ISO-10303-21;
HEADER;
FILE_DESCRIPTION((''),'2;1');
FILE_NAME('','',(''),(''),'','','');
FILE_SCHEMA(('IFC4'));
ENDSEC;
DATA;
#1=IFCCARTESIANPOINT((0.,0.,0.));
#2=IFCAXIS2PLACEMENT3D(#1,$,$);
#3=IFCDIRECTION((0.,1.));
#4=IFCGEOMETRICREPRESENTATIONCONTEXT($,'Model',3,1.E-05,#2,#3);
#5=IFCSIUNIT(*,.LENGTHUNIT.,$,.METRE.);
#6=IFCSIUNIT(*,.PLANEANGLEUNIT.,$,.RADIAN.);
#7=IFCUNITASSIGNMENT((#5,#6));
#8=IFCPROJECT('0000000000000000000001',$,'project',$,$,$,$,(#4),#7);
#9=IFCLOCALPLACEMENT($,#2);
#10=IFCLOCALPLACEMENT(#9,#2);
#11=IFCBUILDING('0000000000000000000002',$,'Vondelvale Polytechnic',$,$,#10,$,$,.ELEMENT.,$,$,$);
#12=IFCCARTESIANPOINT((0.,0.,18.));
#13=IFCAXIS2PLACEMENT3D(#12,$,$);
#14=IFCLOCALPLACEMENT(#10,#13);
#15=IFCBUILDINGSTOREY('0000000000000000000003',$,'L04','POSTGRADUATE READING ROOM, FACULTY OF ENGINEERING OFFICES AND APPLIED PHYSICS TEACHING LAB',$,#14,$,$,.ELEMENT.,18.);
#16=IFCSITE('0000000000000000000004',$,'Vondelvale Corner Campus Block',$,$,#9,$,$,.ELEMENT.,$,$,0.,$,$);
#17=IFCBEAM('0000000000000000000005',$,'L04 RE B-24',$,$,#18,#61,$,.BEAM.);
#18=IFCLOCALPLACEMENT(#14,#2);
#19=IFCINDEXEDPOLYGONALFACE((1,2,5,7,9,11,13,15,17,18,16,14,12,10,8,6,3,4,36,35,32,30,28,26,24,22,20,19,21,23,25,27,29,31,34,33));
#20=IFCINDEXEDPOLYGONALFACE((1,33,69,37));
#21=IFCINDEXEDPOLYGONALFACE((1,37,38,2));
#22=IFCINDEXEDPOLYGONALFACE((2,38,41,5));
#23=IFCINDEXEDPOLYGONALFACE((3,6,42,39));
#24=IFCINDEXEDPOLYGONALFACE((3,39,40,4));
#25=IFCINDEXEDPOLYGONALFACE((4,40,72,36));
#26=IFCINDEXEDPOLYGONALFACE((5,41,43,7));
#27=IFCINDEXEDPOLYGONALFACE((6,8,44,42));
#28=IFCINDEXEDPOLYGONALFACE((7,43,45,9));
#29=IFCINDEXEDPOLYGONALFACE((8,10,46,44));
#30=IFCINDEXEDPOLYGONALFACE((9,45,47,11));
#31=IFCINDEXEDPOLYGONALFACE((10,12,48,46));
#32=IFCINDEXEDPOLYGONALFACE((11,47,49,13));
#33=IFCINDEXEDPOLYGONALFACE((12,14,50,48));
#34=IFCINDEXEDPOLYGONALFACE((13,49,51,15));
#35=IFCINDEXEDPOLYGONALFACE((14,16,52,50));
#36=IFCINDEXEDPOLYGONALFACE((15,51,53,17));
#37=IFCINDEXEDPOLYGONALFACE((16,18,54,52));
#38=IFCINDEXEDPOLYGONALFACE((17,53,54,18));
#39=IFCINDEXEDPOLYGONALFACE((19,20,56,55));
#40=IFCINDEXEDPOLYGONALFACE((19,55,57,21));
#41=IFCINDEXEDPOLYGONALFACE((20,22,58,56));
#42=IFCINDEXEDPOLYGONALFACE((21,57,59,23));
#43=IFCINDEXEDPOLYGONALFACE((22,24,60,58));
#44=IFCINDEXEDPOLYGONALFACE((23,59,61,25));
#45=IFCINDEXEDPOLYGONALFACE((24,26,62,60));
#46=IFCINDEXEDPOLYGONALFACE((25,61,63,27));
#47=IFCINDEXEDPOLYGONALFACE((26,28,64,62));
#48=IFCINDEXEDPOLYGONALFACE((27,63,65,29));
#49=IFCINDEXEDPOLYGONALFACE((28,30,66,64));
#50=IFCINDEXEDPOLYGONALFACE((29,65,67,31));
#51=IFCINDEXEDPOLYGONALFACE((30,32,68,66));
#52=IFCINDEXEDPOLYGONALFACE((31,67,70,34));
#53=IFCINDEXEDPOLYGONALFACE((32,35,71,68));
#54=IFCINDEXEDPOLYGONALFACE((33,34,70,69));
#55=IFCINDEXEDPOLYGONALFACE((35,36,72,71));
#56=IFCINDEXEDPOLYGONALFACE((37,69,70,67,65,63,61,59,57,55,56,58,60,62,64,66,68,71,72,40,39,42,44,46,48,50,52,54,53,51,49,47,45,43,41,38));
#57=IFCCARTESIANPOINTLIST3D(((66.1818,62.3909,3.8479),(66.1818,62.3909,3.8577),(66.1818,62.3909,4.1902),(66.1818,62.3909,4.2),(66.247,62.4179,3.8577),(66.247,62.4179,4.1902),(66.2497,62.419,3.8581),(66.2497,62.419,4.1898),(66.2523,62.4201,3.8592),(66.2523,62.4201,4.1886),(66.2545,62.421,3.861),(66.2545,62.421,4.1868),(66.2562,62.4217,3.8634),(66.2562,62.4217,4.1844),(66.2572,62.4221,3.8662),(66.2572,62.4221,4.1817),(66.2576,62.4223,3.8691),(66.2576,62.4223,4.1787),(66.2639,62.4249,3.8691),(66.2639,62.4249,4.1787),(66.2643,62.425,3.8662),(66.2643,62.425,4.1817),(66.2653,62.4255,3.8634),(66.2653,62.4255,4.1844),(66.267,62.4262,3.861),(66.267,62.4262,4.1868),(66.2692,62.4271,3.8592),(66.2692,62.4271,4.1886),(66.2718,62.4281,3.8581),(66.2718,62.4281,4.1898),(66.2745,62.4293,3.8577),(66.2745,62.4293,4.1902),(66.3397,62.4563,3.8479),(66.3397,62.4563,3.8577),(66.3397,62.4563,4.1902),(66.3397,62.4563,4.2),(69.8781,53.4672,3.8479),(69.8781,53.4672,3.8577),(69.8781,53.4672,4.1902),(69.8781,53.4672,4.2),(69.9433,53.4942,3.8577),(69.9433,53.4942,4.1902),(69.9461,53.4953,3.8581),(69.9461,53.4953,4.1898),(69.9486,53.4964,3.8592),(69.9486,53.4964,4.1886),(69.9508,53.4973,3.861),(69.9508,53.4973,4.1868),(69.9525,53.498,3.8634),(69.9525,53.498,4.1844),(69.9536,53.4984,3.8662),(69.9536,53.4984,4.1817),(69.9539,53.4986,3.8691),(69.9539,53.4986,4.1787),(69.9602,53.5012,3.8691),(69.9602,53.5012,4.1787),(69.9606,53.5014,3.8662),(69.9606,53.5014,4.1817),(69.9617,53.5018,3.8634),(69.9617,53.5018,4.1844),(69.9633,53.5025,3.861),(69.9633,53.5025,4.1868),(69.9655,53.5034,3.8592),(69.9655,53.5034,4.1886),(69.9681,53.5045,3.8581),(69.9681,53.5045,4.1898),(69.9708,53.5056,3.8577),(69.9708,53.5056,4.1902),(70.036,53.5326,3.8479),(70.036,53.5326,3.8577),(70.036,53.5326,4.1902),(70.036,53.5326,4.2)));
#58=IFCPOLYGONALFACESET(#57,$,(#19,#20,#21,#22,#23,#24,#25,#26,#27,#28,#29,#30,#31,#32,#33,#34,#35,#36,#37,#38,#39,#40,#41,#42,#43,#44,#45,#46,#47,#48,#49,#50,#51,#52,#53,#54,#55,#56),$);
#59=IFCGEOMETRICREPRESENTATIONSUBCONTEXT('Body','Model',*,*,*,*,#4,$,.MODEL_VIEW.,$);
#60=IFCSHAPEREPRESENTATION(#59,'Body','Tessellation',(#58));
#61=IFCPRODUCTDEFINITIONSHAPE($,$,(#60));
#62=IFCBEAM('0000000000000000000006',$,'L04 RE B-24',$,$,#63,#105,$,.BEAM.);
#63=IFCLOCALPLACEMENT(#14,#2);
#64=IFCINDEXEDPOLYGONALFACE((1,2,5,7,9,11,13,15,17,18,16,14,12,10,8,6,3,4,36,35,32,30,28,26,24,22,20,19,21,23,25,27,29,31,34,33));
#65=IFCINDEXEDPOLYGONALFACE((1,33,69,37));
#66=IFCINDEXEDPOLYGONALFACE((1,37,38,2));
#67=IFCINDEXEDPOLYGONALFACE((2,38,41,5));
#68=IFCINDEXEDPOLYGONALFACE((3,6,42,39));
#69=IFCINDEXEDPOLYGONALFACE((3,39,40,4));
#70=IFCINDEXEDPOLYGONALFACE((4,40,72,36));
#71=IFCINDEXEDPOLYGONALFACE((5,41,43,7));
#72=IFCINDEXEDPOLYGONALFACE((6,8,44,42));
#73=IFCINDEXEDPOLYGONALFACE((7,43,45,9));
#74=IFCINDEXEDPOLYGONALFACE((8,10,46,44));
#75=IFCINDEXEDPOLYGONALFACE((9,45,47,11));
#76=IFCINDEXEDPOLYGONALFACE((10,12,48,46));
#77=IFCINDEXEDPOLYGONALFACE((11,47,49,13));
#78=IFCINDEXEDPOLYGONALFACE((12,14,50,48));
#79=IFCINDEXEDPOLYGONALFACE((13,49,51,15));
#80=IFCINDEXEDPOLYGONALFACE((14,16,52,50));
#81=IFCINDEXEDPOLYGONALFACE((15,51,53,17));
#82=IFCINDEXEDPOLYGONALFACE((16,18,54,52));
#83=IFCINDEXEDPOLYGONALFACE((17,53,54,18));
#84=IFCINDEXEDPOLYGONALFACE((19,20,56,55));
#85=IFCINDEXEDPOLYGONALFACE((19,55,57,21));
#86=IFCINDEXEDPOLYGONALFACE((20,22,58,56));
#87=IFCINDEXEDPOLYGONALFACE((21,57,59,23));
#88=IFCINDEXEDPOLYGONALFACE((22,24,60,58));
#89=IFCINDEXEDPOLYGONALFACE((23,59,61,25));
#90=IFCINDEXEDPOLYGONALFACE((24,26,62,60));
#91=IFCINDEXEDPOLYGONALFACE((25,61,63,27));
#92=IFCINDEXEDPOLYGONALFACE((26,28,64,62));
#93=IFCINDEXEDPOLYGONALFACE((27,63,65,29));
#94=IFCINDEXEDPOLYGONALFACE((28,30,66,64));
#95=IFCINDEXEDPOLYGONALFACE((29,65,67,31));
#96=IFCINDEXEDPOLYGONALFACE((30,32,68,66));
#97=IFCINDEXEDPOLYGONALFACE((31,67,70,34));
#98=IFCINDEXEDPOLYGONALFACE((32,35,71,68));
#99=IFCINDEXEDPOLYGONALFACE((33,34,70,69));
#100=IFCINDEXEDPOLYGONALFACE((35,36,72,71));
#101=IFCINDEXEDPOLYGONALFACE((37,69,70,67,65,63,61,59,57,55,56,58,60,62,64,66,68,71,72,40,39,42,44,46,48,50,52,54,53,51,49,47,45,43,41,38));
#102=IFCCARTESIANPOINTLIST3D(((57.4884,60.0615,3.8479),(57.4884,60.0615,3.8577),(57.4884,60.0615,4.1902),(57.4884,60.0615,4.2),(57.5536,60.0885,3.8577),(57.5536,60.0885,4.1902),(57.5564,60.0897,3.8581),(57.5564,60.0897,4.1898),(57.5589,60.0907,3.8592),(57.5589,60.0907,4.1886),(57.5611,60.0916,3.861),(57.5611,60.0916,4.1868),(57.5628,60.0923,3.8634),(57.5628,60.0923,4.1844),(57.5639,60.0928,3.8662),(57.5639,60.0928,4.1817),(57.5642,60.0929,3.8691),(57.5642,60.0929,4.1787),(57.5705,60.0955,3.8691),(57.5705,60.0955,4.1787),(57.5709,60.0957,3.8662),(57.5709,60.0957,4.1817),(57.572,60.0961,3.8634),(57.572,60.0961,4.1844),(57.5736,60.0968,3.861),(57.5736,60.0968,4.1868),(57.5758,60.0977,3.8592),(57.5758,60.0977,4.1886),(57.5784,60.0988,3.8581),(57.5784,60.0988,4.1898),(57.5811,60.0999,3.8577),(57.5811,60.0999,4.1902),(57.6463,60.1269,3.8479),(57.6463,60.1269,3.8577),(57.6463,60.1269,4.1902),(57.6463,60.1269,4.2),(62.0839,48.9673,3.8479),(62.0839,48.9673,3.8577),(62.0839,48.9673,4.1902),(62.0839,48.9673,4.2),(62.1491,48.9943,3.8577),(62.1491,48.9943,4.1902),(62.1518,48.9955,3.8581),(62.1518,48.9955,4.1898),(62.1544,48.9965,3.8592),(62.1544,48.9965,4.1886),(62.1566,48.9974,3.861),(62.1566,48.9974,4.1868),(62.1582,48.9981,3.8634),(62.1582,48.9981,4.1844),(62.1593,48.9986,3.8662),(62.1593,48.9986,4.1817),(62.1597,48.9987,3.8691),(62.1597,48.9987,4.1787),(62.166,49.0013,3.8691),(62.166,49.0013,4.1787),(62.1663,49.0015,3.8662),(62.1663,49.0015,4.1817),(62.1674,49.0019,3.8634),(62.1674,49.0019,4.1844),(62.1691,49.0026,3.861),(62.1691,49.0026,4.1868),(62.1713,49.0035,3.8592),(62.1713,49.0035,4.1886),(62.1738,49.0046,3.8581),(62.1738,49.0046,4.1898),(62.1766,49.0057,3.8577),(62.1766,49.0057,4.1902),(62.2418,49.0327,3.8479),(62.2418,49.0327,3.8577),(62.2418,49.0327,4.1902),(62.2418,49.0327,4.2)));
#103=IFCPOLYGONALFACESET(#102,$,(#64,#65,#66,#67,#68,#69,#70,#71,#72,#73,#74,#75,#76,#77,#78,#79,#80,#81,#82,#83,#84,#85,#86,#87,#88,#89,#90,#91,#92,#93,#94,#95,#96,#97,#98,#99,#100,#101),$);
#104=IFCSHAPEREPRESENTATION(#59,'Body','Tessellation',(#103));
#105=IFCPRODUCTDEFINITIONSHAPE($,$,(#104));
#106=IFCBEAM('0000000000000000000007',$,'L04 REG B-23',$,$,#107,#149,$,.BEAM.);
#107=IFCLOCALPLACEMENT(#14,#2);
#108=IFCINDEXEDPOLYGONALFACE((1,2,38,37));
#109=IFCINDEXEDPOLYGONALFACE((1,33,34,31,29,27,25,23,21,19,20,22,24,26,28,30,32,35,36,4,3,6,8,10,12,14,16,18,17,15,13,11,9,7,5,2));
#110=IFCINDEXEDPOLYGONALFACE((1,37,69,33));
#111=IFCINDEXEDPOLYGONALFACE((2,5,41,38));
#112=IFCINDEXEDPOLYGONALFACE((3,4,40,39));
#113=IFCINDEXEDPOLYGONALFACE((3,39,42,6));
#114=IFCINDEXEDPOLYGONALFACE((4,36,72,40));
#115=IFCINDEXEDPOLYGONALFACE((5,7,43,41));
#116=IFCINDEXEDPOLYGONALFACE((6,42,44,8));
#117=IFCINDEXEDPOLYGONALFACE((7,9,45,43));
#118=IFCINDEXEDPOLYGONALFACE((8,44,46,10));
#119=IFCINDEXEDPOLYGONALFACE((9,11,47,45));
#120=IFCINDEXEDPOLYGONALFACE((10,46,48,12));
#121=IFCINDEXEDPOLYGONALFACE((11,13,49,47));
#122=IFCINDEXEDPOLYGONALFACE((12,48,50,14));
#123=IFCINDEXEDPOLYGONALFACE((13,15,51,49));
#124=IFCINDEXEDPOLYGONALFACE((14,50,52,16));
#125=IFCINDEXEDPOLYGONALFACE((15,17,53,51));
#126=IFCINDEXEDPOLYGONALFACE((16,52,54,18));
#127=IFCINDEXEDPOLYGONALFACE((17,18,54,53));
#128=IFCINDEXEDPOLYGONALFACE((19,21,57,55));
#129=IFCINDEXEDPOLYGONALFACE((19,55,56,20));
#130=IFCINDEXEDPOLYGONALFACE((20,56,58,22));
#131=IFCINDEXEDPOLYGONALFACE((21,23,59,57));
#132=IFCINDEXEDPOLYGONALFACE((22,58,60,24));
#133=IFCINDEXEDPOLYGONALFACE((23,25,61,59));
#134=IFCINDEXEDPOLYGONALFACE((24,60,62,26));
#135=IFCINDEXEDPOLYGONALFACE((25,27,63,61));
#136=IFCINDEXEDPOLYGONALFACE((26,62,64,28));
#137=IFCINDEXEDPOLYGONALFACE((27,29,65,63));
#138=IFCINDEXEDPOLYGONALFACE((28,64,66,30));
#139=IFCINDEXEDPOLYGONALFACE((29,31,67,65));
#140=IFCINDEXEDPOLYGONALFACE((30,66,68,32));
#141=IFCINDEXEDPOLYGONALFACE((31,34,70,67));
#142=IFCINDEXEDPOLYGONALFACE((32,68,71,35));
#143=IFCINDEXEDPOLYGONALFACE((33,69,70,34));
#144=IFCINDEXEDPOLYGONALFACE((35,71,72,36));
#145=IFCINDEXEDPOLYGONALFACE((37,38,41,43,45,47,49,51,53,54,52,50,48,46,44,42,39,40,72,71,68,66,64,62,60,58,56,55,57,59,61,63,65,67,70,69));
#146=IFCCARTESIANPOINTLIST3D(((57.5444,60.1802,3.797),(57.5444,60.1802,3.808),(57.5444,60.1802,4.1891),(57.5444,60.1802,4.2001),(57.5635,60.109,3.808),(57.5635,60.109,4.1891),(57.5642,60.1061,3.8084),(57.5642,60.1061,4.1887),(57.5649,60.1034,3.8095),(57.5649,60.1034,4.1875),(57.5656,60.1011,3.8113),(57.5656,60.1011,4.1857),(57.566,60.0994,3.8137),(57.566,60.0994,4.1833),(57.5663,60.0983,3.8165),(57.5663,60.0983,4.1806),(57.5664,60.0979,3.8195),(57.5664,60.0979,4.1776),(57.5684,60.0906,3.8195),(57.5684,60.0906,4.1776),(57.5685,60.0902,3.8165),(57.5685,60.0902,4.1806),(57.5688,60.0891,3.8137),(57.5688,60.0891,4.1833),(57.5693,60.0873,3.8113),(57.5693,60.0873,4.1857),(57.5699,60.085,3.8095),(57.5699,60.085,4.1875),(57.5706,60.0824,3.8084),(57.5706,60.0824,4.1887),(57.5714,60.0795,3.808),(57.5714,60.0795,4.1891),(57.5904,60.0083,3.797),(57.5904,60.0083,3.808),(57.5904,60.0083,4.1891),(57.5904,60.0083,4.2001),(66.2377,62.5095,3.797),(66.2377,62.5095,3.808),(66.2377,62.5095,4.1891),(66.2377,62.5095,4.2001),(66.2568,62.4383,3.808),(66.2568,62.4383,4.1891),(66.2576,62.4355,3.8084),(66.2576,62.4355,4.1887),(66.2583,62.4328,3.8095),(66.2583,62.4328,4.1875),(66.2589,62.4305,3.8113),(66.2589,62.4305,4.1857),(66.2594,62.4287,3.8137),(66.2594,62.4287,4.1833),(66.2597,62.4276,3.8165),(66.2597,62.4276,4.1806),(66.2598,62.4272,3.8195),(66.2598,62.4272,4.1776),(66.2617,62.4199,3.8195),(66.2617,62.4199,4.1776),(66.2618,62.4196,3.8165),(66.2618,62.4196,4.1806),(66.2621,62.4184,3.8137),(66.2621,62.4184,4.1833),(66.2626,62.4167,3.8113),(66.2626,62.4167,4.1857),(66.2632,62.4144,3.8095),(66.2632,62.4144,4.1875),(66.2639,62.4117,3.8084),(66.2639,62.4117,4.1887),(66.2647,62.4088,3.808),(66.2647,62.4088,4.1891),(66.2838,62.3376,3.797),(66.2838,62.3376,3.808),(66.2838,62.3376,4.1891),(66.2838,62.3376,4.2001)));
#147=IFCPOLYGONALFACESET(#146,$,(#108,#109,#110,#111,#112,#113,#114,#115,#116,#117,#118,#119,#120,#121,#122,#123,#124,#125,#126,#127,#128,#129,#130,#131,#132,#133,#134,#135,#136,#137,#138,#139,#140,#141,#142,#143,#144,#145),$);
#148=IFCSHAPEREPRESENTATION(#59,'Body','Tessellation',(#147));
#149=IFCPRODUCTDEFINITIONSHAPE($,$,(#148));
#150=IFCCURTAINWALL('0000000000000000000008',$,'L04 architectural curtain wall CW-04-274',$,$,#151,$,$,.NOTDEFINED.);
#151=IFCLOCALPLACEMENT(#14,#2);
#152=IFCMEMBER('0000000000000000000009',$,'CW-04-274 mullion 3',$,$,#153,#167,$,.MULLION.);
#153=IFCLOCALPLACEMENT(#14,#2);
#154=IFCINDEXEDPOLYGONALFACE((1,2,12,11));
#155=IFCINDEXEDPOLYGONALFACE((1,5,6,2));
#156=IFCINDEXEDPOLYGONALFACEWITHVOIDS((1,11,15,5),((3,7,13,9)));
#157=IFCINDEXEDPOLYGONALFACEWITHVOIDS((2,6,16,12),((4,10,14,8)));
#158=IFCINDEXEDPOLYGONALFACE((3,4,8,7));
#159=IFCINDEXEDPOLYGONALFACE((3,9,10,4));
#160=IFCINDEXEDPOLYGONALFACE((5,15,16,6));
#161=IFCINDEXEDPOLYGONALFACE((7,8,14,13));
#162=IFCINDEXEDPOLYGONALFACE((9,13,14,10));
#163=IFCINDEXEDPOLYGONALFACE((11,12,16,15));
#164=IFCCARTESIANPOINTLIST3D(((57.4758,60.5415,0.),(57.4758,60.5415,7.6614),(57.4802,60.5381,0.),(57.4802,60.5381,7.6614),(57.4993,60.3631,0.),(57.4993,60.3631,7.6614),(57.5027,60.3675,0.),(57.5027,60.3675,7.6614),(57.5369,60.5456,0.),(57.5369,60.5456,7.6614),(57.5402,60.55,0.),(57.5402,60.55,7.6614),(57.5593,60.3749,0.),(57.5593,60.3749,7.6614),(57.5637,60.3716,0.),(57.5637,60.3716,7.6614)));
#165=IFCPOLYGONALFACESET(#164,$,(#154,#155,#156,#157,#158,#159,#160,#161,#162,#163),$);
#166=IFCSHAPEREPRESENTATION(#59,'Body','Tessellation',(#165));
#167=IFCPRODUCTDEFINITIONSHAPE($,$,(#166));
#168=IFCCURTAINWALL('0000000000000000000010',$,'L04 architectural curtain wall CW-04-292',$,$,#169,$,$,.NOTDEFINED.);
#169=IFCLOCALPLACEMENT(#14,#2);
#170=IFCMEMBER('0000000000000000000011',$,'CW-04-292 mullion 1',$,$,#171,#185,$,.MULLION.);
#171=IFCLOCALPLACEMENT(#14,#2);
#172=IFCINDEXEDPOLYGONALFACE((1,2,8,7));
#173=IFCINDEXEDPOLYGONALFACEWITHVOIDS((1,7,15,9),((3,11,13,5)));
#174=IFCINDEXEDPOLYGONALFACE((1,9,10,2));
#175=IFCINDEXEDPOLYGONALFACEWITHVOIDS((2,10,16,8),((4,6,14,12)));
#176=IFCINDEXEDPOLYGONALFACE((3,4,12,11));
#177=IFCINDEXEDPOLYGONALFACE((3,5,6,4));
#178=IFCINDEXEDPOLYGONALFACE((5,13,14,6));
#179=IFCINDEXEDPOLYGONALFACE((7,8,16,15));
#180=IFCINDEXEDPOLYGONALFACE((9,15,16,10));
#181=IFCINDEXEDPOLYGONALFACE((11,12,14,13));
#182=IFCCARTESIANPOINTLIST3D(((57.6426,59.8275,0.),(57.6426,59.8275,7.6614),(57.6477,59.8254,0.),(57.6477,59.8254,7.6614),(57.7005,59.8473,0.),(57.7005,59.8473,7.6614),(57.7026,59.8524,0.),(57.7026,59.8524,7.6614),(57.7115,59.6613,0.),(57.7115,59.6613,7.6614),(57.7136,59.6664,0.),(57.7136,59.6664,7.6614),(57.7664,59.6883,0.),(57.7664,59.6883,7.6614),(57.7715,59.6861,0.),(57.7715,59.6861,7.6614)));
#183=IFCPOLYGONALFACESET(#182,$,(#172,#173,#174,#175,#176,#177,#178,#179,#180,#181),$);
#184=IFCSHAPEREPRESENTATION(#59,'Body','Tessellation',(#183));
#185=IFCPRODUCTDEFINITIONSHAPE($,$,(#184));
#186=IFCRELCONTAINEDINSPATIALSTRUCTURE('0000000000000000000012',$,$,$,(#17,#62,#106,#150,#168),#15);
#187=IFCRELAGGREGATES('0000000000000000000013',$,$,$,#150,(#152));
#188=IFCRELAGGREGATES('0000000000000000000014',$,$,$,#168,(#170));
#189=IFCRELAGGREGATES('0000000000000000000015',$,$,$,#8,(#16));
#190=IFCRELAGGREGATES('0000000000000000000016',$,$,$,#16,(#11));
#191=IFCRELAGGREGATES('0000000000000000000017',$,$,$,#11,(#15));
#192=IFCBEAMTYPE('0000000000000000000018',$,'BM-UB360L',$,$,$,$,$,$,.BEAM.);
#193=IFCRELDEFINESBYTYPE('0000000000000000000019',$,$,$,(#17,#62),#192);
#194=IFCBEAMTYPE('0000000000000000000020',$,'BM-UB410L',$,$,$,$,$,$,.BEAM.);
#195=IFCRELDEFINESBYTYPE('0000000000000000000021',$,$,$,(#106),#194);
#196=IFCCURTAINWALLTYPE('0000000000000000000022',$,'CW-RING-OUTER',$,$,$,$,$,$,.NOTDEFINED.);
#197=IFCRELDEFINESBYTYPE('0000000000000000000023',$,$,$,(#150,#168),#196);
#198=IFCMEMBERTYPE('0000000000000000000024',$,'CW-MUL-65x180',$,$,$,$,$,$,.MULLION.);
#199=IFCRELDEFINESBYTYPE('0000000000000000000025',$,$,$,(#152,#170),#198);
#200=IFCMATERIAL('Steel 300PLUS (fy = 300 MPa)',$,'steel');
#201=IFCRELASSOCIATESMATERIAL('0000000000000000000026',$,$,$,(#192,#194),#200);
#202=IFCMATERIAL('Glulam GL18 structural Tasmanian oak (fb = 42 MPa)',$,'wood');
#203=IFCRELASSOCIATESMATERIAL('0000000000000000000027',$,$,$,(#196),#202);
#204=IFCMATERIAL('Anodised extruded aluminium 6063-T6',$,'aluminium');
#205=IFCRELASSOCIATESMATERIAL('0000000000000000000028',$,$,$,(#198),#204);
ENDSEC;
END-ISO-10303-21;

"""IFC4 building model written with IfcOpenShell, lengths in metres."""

from ifc_helpers import new_model, si_unit, direction, frame, origin, origin_2d, place, context, subcontext, project, spatial, hollow_rectangle, i_section, extrude, material, material_profile, profile_set, type_object, element, aggregate, save


model = new_model("IFC4")

# Units and contexts
model_context = context("Model", 3, precision=1e-05, world=origin(), true_north=direction((0.0, 1.0)))
body_context = subcontext(model_context, "Body", "Model", "MODEL_VIEW")
ifc_project = project(units=[si_unit("LENGTHUNIT", "METRE"), si_unit("PLANEANGLEUNIT", "RADIAN")], contexts=[model_context])

# Site, building, storey
site_placement = place(None, origin())
site = spatial("IfcSite", under=ifc_project, at=site_placement, Name="Vondelvale Corner Campus Block", CompositionType="ELEMENT", RefElevation=0.0)
building_placement = place(site_placement, origin())
building = spatial("IfcBuilding", under=site, at=building_placement, Name="Vondelvale Polytechnic", CompositionType="ELEMENT")
storey_placement = place(building_placement, frame((0.0, 0.0, 18.0)))
storey = spatial("IfcBuildingStorey", under=building, at=storey_placement, Name="L04", Description="POSTGRADUATE READING ROOM, FACULTY OF ENGINEERING OFFICES AND APPLIED PHYSICS TEACHING LAB", CompositionType="ELEMENT", Elevation=18.0)

# Shared definitions
ifc_material_1 = material(Name="Steel 300PLUS (fy = 300 MPa)", Category="steel")

# Beams
ifc_material_profile_1 = material_profile(ifc_material_1, i_section(OverallWidth=0.1709, OverallDepth=0.3521, WebThickness=0.0068, FlangeThickness=0.0098, FilletRadius=0.0115, at=origin_2d()), Name="360UB44.7")
ifc_profile_set_1 = profile_set([ifc_material_profile_1], Name="Steel 300PLUS (fy = 300 MPa)")
beam_type_1 = type_object("IfcBeamType", Name="BM-UB360L", PredefinedType="BEAM", material=ifc_profile_set_1)
for number, where, z_axis, x_axis, name in (
    (1, (66.2607, 62.4236, 4.0239), (0.382685, -0.923879, 0.0), (0.923879, 0.382685, 0.0), "L04 RE B-24"),
):
    element("IfcBeam", number, at=place(storey_placement, frame(where, z_axis=z_axis, x_axis=x_axis)), inside=storey, type_object=beam_type_1, Name=name, PredefinedType="BEAM", context=body_context, shape_type="SweptSolid", body=[
        extrude(i_section(OverallWidth=0.1709, OverallDepth=0.3521, WebThickness=0.0068, FlangeThickness=0.0098, FilletRadius=0.0115, at=origin_2d()), origin(), (0.0, 0.0, 1.0), 9.6589),
    ])
beam_1_placement = place(storey_placement, frame((57.5674, 60.0942, 4.0239), z_axis=(0.382689, -0.923877, 0.0), x_axis=(0.923877, 0.382689, 0.0)))
element("IfcBeam", 2, at=beam_1_placement, inside=storey, type_object=beam_type_1, Name="L04 RE B-24", PredefinedType="BEAM", context=body_context, shape_type="SweptSolid", body=[
    extrude(i_section(OverallWidth=0.1709, OverallDepth=0.3521, WebThickness=0.0068, FlangeThickness=0.0098, FilletRadius=0.0115, at=origin_2d()), origin(), (0.0, 0.0, 1.0), 12.0083),
])
ifc_material_profile_2 = material_profile(ifc_material_1, i_section(OverallWidth=0.178, OverallDepth=0.4031, WebThickness=0.0076, FlangeThickness=0.011, FilletRadius=0.0115, at=origin_2d()), Name="410UB53.7")
ifc_profile_set_2 = profile_set([ifc_material_profile_2], Name="Steel 300PLUS (fy = 300 MPa)")
beam_type_2 = type_object("IfcBeamType", Name="BM-UB410L", PredefinedType="BEAM", material=ifc_profile_set_2)
beam_2_placement = place(storey_placement, frame((66.2607, 62.4236, 3.9985), z_axis=(-0.965927, -0.258816, 0.0), x_axis=(0.258816, -0.965927, 0.0)))
element("IfcBeam", 3, at=beam_2_placement, inside=storey, type_object=beam_type_2, Name="L04 REG B-23", PredefinedType="BEAM", context=body_context, shape_type="SweptSolid", body=[
    extrude(i_section(OverallWidth=0.178, OverallDepth=0.4031, WebThickness=0.0076, FlangeThickness=0.011, FilletRadius=0.0115, at=origin_2d()), origin(), (0.0, 0.0, 1.0), 9.0),
])

# Curtain wall, member
ifc_material_2 = material(Name="Glulam GL18 structural Tasmanian oak (fb = 42 MPa)", Category="wood")
curtain_wall_type_1 = type_object("IfcCurtainWallType", Name="CW-RING-OUTER", PredefinedType="NOTDEFINED", material=ifc_material_2)
curtain_wall_1_placement = place(storey_placement, origin())
curtain_wall_1 = element("IfcCurtainWall", 4, at=curtain_wall_1_placement, inside=storey, type_object=curtain_wall_type_1, Name="L04 architectural curtain wall CW-04-274", PredefinedType="NOTDEFINED")
ifc_material_3 = material(Name="Anodised extruded aluminium 6063-T6", Category="aluminium")
ifc_material_profile_3 = material_profile(ifc_material_3, hollow_rectangle(XDim=0.0649, YDim=0.1799, WallThickness=0.0039, at=origin_2d()), Name="CW-MUL-180x65")
ifc_profile_set_3 = profile_set([ifc_material_profile_3], Name="Anodised extruded aluminium 6063-T6")
member_type_1 = type_object("IfcMemberType", Name="CW-MUL-65x180", PredefinedType="MULLION", material=ifc_profile_set_3)
member_1_placement = place(storey_placement, frame((57.5198, 60.4565, 0.0), z_axis=(0.0, 0.0, 1.0), x_axis=(0.991443, 0.13054, 0.0)))
member_1 = element("IfcMember", 5, at=member_1_placement, type_object=member_type_1, Name="CW-04-274 mullion 3", PredefinedType="MULLION", context=body_context, shape_type="SweptSolid", body=[
    extrude(hollow_rectangle(XDim=0.0649, YDim=0.1799, WallThickness=0.0039, at=origin_2d()), origin(), (0.0, 0.0, 1.0), 7.6614),
])
aggregate(curtain_wall_1, [member_1])

# Curtain wall, member
curtain_wall_2_placement = place(storey_placement, origin())
curtain_wall_2 = element("IfcCurtainWall", 6, at=curtain_wall_2_placement, inside=storey, type_object=curtain_wall_type_1, Name="L04 architectural curtain wall CW-04-292", PredefinedType="NOTDEFINED")
member_2_placement = place(storey_placement, frame((57.707, 59.7568, 0.0), z_axis=(0.0, 0.0, 1.0), x_axis=(0.923882, 0.382677, 0.0)))
member_2 = element("IfcMember", 7, at=member_2_placement, type_object=member_type_1, Name="CW-04-292 mullion 1", PredefinedType="MULLION", context=body_context, shape_type="SweptSolid", body=[
    extrude(hollow_rectangle(XDim=0.0649, YDim=0.1799, WallThickness=0.0039, at=origin_2d()), origin(), (0.0, 0.0, 1.0), 7.6614),
])

aggregate(curtain_wall_2, [member_2])

save(model, "model.ifc")
